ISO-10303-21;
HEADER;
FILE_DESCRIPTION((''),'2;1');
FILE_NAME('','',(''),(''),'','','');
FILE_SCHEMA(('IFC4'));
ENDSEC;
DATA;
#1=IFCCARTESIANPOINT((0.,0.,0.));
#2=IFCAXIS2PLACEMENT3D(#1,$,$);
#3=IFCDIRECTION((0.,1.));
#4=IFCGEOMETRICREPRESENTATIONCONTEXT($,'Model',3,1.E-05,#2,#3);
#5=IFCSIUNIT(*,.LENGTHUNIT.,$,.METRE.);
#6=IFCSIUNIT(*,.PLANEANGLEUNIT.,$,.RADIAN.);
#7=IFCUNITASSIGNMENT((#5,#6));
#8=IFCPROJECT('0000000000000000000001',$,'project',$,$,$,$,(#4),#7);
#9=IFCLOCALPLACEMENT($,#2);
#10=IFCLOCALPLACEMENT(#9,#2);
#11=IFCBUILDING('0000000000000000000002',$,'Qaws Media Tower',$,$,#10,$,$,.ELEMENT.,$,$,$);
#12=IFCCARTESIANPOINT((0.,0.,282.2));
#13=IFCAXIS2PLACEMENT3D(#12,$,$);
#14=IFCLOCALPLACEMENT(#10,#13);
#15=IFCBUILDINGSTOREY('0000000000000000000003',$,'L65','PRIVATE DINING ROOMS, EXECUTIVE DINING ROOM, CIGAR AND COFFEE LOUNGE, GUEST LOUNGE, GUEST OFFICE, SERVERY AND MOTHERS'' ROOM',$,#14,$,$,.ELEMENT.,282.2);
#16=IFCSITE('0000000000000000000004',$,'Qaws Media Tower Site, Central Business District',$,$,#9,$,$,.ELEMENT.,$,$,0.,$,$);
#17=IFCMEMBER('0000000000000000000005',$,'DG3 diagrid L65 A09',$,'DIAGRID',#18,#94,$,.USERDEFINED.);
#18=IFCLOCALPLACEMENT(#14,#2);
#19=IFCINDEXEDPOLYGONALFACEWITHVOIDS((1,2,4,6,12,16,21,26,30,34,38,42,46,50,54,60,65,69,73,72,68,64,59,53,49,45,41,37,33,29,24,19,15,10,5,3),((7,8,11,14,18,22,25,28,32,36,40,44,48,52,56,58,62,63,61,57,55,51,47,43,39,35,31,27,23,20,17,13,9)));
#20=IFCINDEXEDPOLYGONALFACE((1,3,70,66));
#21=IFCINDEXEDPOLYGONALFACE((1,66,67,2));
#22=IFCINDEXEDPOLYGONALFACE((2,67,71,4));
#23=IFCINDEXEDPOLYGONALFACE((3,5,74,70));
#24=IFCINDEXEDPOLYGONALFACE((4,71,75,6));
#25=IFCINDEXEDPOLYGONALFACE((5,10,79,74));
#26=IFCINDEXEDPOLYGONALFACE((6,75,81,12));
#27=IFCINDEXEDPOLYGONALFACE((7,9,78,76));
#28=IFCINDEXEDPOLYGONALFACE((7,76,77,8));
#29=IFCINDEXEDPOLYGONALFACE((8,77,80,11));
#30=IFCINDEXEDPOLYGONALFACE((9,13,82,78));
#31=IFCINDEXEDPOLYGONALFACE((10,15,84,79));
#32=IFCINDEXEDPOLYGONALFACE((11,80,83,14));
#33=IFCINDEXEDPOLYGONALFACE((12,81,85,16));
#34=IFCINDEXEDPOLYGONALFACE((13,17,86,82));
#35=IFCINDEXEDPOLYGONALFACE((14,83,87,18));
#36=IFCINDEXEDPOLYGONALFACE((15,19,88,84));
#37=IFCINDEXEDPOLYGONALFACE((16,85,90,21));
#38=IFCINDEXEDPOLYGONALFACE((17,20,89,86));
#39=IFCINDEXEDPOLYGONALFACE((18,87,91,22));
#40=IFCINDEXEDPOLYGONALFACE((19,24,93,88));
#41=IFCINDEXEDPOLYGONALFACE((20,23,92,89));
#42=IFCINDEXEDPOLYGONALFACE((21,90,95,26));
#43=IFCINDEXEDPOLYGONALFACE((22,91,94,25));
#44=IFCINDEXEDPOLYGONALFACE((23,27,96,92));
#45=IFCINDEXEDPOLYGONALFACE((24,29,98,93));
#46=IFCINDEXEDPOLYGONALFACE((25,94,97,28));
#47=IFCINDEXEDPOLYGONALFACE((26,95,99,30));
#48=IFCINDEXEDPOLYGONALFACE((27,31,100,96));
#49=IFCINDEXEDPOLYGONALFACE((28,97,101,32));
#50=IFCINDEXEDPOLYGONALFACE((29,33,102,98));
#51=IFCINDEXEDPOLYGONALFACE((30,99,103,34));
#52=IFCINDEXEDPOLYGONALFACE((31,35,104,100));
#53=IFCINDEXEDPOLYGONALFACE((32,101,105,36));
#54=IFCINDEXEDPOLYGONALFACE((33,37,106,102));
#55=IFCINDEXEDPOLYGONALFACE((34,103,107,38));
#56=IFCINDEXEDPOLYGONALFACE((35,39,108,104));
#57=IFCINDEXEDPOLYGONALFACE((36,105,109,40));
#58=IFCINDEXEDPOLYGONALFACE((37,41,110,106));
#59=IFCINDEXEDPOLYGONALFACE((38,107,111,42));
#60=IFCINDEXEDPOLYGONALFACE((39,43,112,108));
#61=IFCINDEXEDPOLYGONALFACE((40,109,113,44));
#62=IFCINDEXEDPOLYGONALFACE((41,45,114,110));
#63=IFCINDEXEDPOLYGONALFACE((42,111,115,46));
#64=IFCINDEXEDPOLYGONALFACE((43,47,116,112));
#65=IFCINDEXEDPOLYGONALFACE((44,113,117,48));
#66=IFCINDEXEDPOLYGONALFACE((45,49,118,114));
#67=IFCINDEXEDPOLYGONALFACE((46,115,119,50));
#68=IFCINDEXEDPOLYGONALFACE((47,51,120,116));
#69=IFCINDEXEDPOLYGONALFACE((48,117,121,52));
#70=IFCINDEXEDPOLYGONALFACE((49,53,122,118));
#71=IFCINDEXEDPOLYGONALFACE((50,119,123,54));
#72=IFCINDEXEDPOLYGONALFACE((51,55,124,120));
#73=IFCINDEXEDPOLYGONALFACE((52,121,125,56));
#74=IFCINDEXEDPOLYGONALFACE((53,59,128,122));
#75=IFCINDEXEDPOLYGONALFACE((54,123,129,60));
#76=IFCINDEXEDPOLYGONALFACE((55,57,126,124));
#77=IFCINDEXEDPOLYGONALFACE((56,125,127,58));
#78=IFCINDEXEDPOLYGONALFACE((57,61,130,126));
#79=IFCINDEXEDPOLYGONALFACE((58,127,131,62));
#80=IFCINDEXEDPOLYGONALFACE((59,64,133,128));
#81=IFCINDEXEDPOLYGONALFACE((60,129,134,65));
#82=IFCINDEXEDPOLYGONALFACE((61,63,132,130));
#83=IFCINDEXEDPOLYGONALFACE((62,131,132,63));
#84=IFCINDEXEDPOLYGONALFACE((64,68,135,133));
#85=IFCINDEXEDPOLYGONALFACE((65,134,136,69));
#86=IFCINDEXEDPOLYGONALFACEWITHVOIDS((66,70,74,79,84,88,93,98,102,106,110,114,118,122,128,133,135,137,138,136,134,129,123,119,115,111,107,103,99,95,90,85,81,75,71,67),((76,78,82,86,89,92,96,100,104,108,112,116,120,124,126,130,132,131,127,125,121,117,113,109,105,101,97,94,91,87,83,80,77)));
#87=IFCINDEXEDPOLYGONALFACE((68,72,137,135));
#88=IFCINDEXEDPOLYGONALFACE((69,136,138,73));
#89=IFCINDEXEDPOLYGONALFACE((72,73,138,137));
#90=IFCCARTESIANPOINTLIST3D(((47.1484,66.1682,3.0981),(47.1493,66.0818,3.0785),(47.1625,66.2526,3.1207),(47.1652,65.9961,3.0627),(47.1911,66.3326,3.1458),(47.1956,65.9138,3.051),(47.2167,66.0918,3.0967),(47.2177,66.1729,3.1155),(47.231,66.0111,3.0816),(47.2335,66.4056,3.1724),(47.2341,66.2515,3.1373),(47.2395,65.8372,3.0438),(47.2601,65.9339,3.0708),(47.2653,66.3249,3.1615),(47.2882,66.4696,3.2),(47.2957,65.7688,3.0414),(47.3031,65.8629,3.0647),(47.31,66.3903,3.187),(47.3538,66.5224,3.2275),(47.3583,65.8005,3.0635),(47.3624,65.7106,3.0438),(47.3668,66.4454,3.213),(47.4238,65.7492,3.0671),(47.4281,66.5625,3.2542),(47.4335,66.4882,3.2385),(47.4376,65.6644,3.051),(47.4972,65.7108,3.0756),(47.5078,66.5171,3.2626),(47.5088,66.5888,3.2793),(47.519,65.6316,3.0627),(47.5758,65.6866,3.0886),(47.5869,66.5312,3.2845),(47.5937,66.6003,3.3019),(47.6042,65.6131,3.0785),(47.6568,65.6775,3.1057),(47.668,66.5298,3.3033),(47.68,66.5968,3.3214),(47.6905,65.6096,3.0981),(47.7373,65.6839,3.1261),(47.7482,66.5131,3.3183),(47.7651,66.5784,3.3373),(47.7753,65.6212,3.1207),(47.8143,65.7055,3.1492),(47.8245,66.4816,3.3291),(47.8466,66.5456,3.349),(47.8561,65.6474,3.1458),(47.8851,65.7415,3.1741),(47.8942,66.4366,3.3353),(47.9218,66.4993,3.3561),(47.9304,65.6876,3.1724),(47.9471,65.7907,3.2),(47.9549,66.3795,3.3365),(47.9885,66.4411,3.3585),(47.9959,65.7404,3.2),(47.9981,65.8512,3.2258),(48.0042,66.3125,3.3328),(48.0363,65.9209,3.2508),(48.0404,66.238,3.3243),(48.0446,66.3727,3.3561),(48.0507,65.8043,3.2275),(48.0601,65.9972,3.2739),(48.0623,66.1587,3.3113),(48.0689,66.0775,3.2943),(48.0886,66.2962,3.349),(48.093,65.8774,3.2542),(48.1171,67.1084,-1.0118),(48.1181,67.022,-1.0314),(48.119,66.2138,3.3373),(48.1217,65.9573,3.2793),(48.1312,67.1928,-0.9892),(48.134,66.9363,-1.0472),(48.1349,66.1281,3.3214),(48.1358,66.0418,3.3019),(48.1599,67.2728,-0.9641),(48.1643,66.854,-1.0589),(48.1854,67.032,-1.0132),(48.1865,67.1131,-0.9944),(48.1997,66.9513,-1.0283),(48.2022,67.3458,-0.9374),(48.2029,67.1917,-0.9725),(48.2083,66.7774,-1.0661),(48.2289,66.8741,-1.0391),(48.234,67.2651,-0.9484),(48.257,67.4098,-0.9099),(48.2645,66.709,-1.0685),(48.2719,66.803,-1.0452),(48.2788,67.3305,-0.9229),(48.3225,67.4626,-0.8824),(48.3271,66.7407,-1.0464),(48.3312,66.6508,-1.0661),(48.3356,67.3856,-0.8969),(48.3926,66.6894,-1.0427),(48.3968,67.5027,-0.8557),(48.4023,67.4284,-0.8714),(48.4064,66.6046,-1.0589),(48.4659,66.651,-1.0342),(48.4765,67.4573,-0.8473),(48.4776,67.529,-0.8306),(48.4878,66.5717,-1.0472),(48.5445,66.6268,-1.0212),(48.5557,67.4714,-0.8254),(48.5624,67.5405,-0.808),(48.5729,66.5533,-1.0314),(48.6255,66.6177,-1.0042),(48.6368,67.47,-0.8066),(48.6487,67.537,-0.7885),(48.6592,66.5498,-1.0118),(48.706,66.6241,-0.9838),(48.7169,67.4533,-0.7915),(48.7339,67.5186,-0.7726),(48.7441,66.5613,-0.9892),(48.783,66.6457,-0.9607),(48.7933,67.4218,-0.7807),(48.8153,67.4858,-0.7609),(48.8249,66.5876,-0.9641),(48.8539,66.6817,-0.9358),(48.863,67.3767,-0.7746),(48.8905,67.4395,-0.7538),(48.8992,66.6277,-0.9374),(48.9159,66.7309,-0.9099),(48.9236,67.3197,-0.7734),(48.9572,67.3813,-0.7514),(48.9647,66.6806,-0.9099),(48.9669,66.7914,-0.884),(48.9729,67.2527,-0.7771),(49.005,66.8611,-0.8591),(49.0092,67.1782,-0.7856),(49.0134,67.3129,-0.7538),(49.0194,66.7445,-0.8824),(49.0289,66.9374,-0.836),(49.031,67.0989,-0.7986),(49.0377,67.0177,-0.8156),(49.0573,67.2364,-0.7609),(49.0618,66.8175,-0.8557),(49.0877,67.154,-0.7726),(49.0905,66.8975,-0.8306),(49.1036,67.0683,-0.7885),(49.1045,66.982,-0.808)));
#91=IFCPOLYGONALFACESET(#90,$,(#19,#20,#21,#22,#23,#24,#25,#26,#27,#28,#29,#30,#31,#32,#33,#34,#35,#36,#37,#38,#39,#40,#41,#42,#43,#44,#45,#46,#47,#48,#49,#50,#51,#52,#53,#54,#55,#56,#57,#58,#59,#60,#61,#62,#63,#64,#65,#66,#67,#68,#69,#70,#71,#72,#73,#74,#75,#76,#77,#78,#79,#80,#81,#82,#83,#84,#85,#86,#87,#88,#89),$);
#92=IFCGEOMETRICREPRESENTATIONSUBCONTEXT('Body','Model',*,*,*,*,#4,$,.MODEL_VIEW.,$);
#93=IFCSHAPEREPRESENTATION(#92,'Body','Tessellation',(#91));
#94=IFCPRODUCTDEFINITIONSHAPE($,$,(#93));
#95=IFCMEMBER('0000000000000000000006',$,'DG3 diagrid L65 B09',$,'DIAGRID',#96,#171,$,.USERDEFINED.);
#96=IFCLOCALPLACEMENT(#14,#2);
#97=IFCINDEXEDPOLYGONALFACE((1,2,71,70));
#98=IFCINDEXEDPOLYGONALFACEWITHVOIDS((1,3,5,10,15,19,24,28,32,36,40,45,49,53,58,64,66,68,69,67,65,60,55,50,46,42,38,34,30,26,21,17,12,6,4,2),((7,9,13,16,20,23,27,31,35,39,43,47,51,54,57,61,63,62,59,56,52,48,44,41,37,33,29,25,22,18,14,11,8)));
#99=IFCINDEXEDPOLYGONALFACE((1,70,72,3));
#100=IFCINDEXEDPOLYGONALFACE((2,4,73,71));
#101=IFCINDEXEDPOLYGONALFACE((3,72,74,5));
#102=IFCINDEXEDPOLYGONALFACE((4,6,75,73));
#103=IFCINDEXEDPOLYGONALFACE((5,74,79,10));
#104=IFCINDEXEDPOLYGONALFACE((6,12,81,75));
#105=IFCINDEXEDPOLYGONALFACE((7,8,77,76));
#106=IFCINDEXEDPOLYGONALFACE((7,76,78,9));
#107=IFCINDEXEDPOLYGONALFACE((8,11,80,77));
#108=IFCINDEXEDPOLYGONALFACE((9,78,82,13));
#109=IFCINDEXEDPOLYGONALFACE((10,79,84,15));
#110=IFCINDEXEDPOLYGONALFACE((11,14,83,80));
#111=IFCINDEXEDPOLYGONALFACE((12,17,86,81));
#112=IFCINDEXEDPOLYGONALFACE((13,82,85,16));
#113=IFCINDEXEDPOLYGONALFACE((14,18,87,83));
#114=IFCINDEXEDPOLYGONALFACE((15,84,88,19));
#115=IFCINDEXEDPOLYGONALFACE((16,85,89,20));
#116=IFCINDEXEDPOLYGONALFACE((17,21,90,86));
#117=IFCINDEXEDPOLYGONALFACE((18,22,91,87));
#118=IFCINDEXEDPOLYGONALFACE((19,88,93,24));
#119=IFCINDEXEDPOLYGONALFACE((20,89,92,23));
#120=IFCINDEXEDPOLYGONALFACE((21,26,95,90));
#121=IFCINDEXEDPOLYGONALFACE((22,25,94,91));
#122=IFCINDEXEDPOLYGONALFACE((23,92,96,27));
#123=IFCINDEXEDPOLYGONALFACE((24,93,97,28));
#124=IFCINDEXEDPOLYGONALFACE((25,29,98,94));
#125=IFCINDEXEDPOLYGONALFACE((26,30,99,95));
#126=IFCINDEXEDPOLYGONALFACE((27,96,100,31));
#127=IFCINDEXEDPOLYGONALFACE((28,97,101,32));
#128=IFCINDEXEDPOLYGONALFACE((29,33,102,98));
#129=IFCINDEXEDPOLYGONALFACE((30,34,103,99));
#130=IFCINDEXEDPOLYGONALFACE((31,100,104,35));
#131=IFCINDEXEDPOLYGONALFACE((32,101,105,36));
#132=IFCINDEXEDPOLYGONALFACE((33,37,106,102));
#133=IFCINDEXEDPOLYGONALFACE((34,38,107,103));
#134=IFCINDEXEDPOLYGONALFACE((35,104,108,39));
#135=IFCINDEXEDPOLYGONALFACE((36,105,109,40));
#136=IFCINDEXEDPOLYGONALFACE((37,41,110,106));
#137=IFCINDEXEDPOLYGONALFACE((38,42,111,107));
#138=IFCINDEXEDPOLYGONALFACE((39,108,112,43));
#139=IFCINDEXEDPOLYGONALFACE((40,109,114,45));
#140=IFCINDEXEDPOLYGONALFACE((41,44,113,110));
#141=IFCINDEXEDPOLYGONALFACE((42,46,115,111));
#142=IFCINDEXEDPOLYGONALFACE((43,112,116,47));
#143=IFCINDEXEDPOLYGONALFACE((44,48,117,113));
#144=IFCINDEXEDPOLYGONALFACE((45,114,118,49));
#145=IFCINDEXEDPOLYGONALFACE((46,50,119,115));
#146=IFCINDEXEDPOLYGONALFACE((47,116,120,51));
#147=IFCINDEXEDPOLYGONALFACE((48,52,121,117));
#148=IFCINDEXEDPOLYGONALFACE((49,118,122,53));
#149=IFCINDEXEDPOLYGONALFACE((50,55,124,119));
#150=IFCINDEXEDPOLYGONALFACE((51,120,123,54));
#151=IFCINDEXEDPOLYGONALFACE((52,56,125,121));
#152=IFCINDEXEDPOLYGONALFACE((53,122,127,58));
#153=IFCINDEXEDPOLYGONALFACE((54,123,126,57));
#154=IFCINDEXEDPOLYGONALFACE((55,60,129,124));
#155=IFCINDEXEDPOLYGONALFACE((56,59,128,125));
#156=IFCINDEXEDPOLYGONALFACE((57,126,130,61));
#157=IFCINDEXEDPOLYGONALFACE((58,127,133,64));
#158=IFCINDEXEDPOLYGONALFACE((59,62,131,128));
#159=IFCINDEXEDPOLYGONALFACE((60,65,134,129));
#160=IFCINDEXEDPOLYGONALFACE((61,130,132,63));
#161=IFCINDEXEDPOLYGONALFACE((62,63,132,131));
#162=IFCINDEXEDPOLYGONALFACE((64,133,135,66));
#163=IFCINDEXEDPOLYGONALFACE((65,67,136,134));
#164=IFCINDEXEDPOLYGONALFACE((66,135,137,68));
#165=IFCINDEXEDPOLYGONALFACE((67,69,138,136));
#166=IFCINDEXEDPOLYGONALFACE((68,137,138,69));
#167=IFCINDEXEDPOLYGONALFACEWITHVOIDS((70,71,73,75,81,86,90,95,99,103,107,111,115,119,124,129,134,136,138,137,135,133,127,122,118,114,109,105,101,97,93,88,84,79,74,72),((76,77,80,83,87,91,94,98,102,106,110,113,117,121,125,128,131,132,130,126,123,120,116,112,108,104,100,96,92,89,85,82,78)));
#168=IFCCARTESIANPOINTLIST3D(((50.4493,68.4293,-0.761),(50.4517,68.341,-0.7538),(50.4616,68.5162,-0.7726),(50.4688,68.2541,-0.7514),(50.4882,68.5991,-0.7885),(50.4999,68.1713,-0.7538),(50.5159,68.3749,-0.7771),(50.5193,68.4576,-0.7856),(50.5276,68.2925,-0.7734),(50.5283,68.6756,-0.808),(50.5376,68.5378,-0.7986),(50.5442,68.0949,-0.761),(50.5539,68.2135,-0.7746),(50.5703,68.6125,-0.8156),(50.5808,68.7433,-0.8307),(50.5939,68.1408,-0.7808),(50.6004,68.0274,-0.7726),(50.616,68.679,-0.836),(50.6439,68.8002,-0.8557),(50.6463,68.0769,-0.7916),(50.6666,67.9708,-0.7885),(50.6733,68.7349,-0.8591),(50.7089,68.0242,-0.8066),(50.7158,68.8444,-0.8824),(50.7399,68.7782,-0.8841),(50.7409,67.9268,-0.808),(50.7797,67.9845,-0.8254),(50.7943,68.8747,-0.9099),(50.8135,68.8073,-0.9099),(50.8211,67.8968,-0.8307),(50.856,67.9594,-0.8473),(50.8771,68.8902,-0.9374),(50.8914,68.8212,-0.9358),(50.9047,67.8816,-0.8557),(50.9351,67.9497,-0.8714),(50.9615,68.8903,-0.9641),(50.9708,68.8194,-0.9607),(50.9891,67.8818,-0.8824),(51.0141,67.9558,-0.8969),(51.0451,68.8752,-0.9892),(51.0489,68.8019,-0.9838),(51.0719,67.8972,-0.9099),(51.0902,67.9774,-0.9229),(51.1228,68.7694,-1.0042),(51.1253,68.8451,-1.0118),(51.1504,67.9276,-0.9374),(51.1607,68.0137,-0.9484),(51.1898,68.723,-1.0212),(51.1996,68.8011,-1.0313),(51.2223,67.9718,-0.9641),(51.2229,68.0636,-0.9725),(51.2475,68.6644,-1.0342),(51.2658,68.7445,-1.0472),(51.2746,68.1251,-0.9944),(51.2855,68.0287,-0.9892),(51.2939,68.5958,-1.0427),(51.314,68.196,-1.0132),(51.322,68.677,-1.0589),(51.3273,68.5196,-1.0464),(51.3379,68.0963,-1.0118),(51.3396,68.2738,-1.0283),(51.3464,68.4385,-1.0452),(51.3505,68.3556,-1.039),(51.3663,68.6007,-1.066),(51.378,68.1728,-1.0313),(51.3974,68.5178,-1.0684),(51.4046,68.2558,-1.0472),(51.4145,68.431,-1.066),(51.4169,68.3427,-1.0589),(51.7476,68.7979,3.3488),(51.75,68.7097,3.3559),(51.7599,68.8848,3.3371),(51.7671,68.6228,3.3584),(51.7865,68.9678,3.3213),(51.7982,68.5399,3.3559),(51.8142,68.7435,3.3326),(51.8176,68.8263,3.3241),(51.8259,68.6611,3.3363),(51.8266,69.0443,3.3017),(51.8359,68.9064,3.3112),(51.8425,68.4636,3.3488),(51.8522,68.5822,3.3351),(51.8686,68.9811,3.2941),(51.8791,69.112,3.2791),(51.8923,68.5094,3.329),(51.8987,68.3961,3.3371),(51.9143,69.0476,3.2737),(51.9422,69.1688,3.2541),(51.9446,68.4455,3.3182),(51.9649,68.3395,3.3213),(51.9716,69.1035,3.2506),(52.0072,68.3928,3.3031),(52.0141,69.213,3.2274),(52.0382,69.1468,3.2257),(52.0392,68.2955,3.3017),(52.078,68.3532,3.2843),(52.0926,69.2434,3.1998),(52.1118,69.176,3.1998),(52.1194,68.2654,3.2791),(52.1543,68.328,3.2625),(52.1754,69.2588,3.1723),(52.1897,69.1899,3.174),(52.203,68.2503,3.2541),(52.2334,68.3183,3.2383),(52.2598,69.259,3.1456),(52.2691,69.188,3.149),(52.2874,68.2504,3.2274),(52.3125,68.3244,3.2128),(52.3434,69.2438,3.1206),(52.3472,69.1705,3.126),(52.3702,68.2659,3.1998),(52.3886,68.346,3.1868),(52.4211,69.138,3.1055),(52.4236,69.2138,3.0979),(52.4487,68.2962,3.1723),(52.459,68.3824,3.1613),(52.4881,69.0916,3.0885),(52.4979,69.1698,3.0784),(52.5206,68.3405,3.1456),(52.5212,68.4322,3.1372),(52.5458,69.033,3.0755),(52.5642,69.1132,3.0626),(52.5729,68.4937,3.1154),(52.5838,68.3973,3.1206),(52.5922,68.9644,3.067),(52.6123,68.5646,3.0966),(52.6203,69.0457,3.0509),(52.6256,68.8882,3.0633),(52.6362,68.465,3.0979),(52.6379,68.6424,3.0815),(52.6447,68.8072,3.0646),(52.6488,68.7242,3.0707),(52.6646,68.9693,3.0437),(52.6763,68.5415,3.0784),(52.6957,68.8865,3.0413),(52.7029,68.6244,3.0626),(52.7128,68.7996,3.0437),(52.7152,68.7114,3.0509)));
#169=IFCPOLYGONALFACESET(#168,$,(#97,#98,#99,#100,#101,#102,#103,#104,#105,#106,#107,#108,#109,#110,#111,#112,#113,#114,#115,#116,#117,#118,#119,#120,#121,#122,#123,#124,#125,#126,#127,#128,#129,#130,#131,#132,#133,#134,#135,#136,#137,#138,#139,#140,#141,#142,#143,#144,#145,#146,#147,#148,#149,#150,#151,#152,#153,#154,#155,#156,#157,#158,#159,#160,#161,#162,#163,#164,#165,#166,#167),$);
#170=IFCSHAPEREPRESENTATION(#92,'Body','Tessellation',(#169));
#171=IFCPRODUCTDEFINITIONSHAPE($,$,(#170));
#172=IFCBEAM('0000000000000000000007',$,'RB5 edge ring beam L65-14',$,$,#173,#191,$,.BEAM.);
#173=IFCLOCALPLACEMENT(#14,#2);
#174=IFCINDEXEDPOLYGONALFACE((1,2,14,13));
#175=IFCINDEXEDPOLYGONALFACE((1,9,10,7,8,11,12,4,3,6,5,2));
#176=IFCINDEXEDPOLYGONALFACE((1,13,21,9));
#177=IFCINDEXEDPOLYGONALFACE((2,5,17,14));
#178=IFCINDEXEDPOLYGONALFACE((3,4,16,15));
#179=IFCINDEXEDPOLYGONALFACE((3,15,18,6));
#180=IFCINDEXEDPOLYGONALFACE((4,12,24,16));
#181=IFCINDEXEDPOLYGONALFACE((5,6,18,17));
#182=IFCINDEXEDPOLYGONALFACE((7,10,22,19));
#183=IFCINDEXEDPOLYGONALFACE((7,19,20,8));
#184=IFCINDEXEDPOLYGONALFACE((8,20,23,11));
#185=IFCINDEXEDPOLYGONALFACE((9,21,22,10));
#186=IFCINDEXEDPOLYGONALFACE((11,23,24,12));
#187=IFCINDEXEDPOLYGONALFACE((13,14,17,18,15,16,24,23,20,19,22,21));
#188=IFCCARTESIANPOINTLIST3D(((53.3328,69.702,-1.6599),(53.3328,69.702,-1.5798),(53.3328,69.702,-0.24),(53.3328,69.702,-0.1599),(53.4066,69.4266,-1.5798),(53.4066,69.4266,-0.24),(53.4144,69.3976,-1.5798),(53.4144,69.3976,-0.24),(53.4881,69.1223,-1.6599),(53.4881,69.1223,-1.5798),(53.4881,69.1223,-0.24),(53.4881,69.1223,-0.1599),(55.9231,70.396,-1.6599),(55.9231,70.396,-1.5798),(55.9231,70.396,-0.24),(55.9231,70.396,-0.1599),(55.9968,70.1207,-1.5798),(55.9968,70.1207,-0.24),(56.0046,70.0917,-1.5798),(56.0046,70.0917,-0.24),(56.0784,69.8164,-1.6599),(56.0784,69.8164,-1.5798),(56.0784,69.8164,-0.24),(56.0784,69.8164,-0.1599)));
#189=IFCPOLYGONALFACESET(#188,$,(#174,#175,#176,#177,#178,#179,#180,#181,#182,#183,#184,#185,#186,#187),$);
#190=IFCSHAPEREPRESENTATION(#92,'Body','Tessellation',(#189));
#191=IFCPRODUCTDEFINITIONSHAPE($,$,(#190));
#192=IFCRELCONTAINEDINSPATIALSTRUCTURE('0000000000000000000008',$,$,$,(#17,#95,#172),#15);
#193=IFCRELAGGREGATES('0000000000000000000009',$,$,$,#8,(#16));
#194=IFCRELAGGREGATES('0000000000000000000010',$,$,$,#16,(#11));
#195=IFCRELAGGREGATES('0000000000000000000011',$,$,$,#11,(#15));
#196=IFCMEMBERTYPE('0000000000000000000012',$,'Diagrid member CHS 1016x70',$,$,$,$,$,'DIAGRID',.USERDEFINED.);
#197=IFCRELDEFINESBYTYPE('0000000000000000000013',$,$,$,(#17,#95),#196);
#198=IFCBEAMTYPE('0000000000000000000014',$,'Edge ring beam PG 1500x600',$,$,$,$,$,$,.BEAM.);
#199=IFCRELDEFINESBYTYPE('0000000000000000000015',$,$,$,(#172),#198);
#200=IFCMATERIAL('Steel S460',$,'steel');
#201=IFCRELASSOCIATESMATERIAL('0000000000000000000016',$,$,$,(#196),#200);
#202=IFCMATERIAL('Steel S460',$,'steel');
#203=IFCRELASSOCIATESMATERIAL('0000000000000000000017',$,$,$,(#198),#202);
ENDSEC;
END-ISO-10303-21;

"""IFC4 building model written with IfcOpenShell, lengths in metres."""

from ifc_helpers import new_model, si_unit, direction, frame, origin, origin_2d, place, context, subcontext, project, spatial, hollow_circle, i_section, extrude, material, material_profile, profile_set, type_object, element, save


model = new_model("IFC4")

# Units and contexts
model_context = context("Model", 3, precision=1e-05, world=origin(), true_north=direction((0.0, 1.0)))
body_context = subcontext(model_context, "Body", "Model", "MODEL_VIEW")
ifc_project = project(units=[si_unit("LENGTHUNIT", "METRE"), si_unit("PLANEANGLEUNIT", "RADIAN")], contexts=[model_context])

# Site, building, storey
site_placement = place(None, origin())
site = spatial("IfcSite", under=ifc_project, at=site_placement, Name="Qaws Media Tower Site, Central Business District", CompositionType="ELEMENT", RefElevation=0.0)
building_placement = place(site_placement, origin())
building = spatial("IfcBuilding", under=site, at=building_placement, Name="Qaws Media Tower", CompositionType="ELEMENT")
storey_placement = place(building_placement, frame((0.0, 0.0, 282.2)))
storey = spatial("IfcBuildingStorey", under=building, at=storey_placement, Name="L65", Description="PRIVATE DINING ROOMS, EXECUTIVE DINING ROOM, CIGAR AND COFFEE LOUNGE, GUEST LOUNGE, GUEST OFFICE, SERVERY AND MOTHERS' ROOM", CompositionType="ELEMENT", Elevation=282.2)

# Members
ifc_material_1 = material(Name="Steel S460", Category="steel")
ifc_material_profile_1 = material_profile(ifc_material_1, hollow_circle(Radius=0.5081, WallThickness=0.0701, at=origin_2d()), Name="CHS 1016x70")
ifc_profile_set_1 = profile_set([ifc_material_profile_1], Name="Steel S460")
member_type_1 = type_object("IfcMemberType", Name="Diagrid member CHS 1016x70", ElementType="DIAGRID", PredefinedType="USERDEFINED", material=ifc_profile_set_1)
for number, where, z_axis, x_axis, name in (
    (1, (48.6108, 67.0452, -0.9099), (-0.223942, -0.217339, 0.95006), (0.696448, -0.717607, 0.0), "DG3 diagrid L65 A09"),
):
    element("IfcMember", number, at=place(storey_placement, frame(where, z_axis=z_axis, x_axis=x_axis)), inside=storey, type_object=member_type_1, Name=name, ObjectType="DIAGRID", PredefinedType="USERDEFINED", context=body_context, shape_type="SweptSolid", body=[
        extrude(hollow_circle(Radius=0.5081, WallThickness=0.0701, at=origin_2d()), origin(), (0.0, 0.0, 1.0), 4.3259),
    ])
member_1_placement = place(storey_placement, frame((50.9331, 68.386, -0.9099), z_axis=(0.300138, 0.085222, 0.950081), x_axis=(-0.273144, 0.961973, 0.0)))
element("IfcMember", 2, at=member_1_placement, inside=storey, type_object=member_type_1, Name="DG3 diagrid L65 B09", ObjectType="DIAGRID", PredefinedType="USERDEFINED", context=body_context, shape_type="SweptSolid", body=[
    extrude(hollow_circle(Radius=0.5081, WallThickness=0.0701, at=origin_2d()), origin(), (0.0, 0.0, 1.0), 4.3257),
])

# Beam
ifc_material_2 = material(Name="Steel S460", Category="steel")
ifc_material_profile_2 = material_profile(ifc_material_2, i_section(OverallWidth=0.6001, OverallDepth=1.5, WebThickness=0.03, FlangeThickness=0.0801, at=origin_2d()), Name="PG 1500x600")
ifc_profile_set_2 = profile_set([ifc_material_profile_2], Name="Steel S460")
beam_type_1 = type_object("IfcBeamType", Name="Edge ring beam PG 1500x600", PredefinedType="BEAM", material=ifc_profile_set_2)
beam_1_placement = place(storey_placement, frame((56.0007, 70.1062, -0.9099), z_axis=(-0.965924, -0.258824, 0.0), x_axis=(0.258824, -0.965924, 0.0)))
element("IfcBeam", 3, at=beam_1_placement, inside=storey, type_object=beam_type_1, Name="RB5 edge ring beam L65-14", PredefinedType="BEAM", context=body_context, shape_type="SweptSolid", body=[
    extrude(i_section(OverallWidth=0.6001, OverallDepth=1.5, WebThickness=0.03, FlangeThickness=0.0801, at=origin_2d()), origin(), (0.0, 0.0, 1.0), 2.6816),
])

save(model, "model.ifc")
